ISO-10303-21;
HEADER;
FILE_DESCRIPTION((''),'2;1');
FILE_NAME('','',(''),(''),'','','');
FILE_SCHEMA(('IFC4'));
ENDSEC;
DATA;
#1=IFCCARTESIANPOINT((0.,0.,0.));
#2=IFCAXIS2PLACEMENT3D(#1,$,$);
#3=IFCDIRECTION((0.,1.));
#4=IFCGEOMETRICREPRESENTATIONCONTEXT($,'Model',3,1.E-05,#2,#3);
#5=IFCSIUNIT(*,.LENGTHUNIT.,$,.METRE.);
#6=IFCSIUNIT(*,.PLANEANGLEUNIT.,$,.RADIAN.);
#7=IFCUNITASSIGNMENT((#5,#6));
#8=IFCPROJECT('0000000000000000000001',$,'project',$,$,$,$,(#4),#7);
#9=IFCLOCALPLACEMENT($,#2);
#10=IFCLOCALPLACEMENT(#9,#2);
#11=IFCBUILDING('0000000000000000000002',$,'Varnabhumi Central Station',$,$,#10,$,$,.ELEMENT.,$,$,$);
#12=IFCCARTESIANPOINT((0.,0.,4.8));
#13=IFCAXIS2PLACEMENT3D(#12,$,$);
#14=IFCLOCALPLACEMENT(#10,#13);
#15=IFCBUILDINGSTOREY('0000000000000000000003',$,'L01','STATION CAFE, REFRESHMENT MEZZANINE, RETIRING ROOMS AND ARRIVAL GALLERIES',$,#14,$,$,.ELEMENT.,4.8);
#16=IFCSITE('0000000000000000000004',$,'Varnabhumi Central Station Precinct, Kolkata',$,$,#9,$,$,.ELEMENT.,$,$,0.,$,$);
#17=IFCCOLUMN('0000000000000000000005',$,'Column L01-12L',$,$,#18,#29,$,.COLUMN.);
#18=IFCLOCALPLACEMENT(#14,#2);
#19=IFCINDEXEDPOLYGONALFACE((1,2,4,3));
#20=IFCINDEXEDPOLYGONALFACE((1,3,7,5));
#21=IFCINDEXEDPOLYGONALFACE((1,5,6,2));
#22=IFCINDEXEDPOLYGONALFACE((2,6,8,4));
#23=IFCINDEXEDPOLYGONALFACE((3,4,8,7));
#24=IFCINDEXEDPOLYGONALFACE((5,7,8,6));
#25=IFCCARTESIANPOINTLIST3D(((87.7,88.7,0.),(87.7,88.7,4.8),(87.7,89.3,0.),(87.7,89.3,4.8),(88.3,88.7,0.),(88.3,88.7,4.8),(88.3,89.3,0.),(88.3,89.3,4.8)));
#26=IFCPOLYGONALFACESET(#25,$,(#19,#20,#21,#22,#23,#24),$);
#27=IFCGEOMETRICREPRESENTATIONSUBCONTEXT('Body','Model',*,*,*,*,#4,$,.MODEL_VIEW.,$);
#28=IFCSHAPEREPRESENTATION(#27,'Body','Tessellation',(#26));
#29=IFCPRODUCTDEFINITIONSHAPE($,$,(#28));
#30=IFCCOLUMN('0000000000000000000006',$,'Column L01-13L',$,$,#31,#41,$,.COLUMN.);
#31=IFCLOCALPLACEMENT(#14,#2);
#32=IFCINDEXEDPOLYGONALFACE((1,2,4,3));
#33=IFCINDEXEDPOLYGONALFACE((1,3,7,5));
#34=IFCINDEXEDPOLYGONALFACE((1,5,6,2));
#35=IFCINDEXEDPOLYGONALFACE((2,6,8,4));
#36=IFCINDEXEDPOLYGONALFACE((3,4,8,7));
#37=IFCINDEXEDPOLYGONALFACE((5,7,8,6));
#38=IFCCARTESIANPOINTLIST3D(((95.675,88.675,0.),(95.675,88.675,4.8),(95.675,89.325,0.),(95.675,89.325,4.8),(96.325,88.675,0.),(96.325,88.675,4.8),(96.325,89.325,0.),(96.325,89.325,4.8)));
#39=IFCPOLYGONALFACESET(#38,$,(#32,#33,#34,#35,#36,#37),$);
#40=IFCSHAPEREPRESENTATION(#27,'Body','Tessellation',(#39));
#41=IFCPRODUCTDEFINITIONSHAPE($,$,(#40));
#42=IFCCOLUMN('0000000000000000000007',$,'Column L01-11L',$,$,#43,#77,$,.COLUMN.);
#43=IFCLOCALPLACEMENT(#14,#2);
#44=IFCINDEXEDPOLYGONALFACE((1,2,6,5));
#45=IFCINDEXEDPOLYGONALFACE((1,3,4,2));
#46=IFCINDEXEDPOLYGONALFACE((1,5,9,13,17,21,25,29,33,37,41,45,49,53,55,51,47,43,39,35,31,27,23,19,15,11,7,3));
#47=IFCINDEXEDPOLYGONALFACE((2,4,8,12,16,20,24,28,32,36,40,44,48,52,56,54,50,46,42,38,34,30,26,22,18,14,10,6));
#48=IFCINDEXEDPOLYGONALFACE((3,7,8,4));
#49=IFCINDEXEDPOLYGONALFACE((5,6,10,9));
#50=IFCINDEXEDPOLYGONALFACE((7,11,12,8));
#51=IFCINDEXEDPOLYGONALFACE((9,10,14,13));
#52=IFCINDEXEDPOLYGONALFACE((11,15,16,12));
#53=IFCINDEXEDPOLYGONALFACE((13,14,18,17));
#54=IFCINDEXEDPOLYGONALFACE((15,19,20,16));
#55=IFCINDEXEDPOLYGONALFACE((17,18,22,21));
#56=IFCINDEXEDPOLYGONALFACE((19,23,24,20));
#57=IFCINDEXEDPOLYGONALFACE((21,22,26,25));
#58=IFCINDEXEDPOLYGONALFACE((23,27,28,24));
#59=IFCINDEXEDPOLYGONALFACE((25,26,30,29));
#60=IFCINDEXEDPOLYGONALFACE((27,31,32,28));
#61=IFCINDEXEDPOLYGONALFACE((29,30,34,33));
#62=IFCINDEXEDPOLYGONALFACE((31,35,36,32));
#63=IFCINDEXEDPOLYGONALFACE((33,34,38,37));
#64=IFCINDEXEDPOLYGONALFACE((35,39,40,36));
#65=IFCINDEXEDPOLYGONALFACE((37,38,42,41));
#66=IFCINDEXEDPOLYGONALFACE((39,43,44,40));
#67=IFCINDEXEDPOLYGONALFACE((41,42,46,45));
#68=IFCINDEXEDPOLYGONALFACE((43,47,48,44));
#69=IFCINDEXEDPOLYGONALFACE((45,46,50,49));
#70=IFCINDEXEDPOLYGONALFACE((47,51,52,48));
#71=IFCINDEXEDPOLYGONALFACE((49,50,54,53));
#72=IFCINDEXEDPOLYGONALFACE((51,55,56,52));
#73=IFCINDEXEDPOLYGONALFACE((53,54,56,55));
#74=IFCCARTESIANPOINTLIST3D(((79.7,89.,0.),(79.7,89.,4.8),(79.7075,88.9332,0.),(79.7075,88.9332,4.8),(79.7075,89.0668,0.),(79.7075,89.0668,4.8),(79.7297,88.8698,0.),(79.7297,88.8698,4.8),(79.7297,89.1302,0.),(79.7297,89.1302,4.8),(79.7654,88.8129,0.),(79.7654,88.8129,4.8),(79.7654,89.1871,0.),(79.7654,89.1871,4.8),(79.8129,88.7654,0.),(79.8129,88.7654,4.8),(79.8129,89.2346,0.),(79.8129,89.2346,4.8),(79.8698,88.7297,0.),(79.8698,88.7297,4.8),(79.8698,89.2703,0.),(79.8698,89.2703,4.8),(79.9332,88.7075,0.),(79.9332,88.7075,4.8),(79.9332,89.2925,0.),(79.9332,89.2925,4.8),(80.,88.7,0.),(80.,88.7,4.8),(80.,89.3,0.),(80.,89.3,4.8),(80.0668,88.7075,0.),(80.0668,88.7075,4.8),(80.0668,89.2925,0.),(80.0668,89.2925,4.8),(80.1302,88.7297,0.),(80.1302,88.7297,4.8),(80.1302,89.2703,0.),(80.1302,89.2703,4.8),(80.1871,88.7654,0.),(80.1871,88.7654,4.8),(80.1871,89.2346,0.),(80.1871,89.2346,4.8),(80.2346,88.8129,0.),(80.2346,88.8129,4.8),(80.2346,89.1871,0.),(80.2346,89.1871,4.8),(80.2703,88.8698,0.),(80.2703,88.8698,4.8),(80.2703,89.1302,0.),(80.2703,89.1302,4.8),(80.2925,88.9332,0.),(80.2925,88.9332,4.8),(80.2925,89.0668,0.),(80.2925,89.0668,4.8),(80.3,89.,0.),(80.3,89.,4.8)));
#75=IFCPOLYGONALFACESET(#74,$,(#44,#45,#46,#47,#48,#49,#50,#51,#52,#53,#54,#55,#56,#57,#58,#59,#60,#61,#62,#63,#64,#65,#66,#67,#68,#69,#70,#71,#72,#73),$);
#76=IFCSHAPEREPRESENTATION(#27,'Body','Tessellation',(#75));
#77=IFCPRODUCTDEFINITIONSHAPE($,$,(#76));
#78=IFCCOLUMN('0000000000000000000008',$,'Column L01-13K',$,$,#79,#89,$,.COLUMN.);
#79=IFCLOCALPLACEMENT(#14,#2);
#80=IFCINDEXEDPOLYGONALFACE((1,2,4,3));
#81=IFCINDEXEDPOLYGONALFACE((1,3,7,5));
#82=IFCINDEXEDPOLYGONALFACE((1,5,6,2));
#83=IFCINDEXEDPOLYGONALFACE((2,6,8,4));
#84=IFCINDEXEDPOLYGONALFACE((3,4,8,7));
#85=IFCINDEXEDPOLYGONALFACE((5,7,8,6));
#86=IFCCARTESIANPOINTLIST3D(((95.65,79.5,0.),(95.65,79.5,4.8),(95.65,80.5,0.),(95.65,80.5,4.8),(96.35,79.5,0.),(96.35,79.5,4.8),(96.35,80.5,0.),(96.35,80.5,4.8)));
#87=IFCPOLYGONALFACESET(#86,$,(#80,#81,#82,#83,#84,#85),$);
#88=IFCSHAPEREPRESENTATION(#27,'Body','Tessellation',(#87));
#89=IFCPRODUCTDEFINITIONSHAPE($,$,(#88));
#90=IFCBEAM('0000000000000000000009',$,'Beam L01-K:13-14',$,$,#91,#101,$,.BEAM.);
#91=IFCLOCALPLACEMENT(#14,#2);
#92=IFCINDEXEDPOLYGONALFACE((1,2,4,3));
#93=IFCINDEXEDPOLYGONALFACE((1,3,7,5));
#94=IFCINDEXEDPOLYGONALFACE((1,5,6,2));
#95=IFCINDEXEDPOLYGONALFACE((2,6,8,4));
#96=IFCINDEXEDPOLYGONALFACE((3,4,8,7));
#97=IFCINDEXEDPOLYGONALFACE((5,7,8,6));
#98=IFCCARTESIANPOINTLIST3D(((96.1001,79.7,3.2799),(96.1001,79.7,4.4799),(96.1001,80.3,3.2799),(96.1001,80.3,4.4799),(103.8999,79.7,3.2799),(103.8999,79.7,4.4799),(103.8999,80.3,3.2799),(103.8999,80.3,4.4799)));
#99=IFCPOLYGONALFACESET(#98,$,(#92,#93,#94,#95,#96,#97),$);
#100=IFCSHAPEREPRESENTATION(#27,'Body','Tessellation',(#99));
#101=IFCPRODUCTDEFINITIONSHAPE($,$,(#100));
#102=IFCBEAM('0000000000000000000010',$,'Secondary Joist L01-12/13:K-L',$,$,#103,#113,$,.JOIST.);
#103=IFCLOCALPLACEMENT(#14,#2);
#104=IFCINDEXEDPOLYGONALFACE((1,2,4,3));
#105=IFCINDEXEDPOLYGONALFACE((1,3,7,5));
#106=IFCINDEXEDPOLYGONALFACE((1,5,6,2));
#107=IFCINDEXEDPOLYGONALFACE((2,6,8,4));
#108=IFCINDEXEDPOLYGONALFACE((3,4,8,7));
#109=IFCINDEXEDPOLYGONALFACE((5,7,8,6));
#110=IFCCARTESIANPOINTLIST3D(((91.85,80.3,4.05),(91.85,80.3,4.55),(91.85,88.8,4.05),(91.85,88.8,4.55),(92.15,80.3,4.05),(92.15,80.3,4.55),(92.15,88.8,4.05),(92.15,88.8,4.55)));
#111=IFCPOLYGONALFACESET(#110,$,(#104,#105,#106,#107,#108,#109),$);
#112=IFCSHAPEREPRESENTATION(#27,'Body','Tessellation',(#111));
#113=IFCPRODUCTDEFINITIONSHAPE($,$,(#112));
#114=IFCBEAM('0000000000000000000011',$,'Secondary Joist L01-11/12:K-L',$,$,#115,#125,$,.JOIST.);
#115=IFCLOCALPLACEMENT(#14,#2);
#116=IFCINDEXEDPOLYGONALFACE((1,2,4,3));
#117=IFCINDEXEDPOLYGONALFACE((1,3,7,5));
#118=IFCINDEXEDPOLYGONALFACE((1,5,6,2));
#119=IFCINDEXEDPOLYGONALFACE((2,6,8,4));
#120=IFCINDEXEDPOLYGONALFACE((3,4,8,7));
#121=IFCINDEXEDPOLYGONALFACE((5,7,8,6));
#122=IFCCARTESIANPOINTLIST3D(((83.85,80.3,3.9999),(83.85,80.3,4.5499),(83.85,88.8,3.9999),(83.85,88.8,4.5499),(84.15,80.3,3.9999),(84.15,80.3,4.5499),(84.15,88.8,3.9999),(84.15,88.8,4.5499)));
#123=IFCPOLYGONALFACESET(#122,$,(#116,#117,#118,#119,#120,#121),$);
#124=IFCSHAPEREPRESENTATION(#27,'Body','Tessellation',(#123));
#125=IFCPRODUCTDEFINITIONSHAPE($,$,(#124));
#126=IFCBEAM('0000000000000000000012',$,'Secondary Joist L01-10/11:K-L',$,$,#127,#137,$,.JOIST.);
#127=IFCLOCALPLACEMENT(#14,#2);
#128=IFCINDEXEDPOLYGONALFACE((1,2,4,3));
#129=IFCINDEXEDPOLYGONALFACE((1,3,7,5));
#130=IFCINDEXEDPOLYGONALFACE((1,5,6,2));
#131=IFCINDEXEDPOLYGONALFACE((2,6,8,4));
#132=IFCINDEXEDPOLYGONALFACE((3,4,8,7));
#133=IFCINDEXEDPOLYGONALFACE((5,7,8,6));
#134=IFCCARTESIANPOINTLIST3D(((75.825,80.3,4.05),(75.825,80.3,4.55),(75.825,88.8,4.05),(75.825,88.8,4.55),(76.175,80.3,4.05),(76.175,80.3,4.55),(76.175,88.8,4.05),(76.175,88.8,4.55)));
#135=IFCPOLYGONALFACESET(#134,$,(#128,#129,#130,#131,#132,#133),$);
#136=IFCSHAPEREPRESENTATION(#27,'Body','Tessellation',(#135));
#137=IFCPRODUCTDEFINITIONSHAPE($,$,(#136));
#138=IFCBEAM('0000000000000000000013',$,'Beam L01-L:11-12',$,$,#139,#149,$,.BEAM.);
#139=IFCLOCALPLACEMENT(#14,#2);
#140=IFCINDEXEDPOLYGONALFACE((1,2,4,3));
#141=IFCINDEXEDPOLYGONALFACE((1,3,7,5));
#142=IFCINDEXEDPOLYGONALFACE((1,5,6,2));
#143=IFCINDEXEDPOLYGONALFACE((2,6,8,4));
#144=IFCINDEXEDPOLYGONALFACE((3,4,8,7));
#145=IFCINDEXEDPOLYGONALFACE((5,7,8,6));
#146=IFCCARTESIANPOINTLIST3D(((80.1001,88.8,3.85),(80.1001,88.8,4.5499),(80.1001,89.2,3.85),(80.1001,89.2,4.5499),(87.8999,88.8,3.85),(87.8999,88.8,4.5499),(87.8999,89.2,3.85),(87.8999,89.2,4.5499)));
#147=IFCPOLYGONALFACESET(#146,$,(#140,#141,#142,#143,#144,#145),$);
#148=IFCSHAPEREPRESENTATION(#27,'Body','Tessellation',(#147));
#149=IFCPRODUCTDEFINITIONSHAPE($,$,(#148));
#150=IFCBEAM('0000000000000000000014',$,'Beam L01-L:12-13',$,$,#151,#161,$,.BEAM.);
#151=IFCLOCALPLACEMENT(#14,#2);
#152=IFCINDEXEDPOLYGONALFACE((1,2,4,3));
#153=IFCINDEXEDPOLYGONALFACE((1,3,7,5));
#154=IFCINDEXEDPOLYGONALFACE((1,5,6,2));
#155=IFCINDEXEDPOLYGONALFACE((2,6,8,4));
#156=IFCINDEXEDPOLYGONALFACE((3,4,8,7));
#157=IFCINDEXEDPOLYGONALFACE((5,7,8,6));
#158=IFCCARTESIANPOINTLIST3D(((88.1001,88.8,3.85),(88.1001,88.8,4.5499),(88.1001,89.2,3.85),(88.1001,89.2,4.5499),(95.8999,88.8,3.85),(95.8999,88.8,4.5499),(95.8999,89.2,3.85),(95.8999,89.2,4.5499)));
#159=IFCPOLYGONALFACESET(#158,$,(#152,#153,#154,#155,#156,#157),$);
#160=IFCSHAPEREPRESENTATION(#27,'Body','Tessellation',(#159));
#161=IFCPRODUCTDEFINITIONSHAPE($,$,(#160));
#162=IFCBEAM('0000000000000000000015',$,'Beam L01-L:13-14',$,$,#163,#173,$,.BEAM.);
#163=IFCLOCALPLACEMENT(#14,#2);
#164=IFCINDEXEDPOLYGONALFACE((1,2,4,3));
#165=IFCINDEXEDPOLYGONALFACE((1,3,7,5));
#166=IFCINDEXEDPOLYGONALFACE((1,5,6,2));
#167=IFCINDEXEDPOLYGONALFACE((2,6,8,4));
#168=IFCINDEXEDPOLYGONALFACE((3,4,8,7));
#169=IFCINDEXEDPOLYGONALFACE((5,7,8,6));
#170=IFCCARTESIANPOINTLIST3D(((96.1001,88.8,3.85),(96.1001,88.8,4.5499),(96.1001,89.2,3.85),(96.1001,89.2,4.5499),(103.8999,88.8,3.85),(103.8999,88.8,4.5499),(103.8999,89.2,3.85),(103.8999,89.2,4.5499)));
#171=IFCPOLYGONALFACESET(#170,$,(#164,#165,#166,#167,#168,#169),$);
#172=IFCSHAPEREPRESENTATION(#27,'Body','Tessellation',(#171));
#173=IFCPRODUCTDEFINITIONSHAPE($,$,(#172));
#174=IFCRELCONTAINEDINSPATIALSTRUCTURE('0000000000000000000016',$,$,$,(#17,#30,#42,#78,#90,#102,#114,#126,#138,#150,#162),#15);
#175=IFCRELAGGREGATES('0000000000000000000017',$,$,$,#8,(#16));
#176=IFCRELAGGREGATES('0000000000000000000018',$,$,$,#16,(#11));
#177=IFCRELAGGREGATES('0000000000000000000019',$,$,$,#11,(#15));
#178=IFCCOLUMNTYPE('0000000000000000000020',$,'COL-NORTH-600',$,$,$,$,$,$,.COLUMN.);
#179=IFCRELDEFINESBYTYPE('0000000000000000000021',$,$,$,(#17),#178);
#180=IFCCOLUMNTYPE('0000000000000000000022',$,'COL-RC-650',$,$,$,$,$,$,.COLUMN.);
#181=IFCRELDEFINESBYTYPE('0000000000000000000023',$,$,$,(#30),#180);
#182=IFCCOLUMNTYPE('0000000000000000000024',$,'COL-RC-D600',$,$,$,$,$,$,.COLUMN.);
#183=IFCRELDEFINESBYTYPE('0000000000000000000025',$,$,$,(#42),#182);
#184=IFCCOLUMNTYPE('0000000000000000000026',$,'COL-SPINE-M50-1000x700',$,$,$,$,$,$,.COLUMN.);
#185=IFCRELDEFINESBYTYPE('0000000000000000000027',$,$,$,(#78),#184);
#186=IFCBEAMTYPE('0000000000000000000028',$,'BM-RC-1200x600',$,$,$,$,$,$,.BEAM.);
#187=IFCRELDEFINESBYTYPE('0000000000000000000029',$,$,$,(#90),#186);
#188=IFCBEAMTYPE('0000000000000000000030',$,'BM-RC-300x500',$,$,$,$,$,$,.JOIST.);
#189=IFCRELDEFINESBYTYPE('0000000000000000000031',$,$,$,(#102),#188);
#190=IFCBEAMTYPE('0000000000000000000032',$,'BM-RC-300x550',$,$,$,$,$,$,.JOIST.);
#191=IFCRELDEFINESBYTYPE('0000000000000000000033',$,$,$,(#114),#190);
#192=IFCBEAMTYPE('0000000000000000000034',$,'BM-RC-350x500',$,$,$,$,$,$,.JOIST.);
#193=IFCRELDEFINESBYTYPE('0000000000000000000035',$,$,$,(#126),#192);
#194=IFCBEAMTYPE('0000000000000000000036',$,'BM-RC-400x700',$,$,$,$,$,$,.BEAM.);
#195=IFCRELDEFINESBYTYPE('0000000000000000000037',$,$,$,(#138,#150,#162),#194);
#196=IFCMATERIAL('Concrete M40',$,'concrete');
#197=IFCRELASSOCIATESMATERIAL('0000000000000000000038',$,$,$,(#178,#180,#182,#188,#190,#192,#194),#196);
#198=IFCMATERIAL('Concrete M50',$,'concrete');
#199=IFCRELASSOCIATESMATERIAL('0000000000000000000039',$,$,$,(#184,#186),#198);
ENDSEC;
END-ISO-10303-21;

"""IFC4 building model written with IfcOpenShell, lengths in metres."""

from ifc_helpers import new_model, si_unit, direction, frame, origin, origin_2d, place, context, subcontext, project, spatial, rectangle, circle, extrude, material, material_profile, profile_set, type_object, element, save


model = new_model("IFC4")

# Units and contexts
model_context = context("Model", 3, precision=1e-05, world=origin(), true_north=direction((0.0, 1.0)))
body_context = subcontext(model_context, "Body", "Model", "MODEL_VIEW")
ifc_project = project(units=[si_unit("LENGTHUNIT", "METRE"), si_unit("PLANEANGLEUNIT", "RADIAN")], contexts=[model_context])

# Site, building, storey
site_placement = place(None, origin())
site = spatial("IfcSite", under=ifc_project, at=site_placement, Name="Varnabhumi Central Station Precinct, Kolkata", CompositionType="ELEMENT", RefElevation=0.0)
building_placement = place(site_placement, origin())
building = spatial("IfcBuilding", under=site, at=building_placement, Name="Varnabhumi Central Station", CompositionType="ELEMENT")
storey_placement = place(building_placement, frame((0.0, 0.0, 4.8)))
storey = spatial("IfcBuildingStorey", under=building, at=storey_placement, Name="L01", Description="STATION CAFE, REFRESHMENT MEZZANINE, RETIRING ROOMS AND ARRIVAL GALLERIES", CompositionType="ELEMENT", Elevation=4.8)

# Columns
ifc_material_1 = material(Name="Concrete M40", Category="concrete")
ifc_material_profile_1 = material_profile(ifc_material_1, rectangle(XDim=0.6001, YDim=0.6001, at=origin_2d()), Name="Concrete M40", Category="concrete")
ifc_profile_set_1 = profile_set([ifc_material_profile_1], Name="Concrete M40")
column_type_1 = type_object("IfcColumnType", Name="COL-NORTH-600", PredefinedType="COLUMN", material=ifc_profile_set_1)
column_1_placement = place(storey_placement, frame((88.0, 89.0, 0.0), z_axis=(0.0, 0.0, 1.0), x_axis=(1.0, 0.0, 0.0)))
element("IfcColumn", 1, at=column_1_placement, inside=storey, type_object=column_type_1, Name="Column L01-12L", PredefinedType="COLUMN", context=body_context, shape_type="SweptSolid", body=[
    extrude(rectangle(XDim=0.6001, YDim=0.6001, at=origin_2d()), origin(), (0.0, 0.0, 1.0), 4.8),
])
ifc_material_profile_2 = material_profile(ifc_material_1, rectangle(XDim=0.6499, YDim=0.6499, at=origin_2d()), Name="Concrete M40", Category="concrete")
ifc_profile_set_2 = profile_set([ifc_material_profile_2], Name="Concrete M40")
column_type_2 = type_object("IfcColumnType", Name="COL-RC-650", PredefinedType="COLUMN", material=ifc_profile_set_2)
column_2_placement = place(storey_placement, frame((96.0, 89.0, 0.0), z_axis=(0.0, 0.0, 1.0), x_axis=(1.0, 0.0, 0.0)))
element("IfcColumn", 2, at=column_2_placement, inside=storey, type_object=column_type_2, Name="Column L01-13L", PredefinedType="COLUMN", context=body_context, shape_type="SweptSolid", body=[
    extrude(rectangle(XDim=0.6499, YDim=0.6499, at=origin_2d()), origin(), (0.0, 0.0, 1.0), 4.8),
])
ifc_material_profile_3 = material_profile(ifc_material_1, circle(Radius=0.3, at=origin_2d()), Name="Concrete M40", Category="concrete")
ifc_profile_set_3 = profile_set([ifc_material_profile_3], Name="Concrete M40")
column_type_3 = type_object("IfcColumnType", Name="COL-RC-D600", PredefinedType="COLUMN", material=ifc_profile_set_3)
column_3_placement = place(storey_placement, frame((80.0, 89.0, 0.0), z_axis=(0.0, 0.0, 1.0), x_axis=(1.0, 0.0, 0.0)))
element("IfcColumn", 3, at=column_3_placement, inside=storey, type_object=column_type_3, Name="Column L01-11L", PredefinedType="COLUMN", context=body_context, shape_type="SweptSolid", body=[
    extrude(circle(Radius=0.3, at=origin_2d()), origin(), (0.0, 0.0, 1.0), 4.8),
])
ifc_material_2 = material(Name="Concrete M50", Category="concrete")
ifc_material_profile_4 = material_profile(ifc_material_2, rectangle(XDim=0.7, YDim=1.0, at=origin_2d()), Name="Concrete M50", Category="concrete")
ifc_profile_set_4 = profile_set([ifc_material_profile_4], Name="Concrete M50")
column_type_4 = type_object("IfcColumnType", Name="COL-SPINE-M50-1000x700", PredefinedType="COLUMN", material=ifc_profile_set_4)
column_4_placement = place(storey_placement, frame((96.0, 80.0, 0.0), z_axis=(0.0, 0.0, 1.0), x_axis=(1.0, 0.0, 0.0)))
element("IfcColumn", 4, at=column_4_placement, inside=storey, type_object=column_type_4, Name="Column L01-13K", PredefinedType="COLUMN", context=body_context, shape_type="SweptSolid", body=[
    extrude(rectangle(XDim=0.7, YDim=1.0, at=origin_2d()), origin(), (0.0, 0.0, 1.0), 4.8),
])

# Beams
ifc_material_profile_5 = material_profile(ifc_material_2, rectangle(XDim=0.6001, YDim=1.2, at=origin_2d()), Name="Concrete M50", Category="concrete")
ifc_profile_set_5 = profile_set([ifc_material_profile_5], Name="Concrete M50")
beam_type_1 = type_object("IfcBeamType", Name="BM-RC-1200x600", PredefinedType="BEAM", material=ifc_profile_set_5)
beam_1_placement = place(storey_placement, frame((96.1001, 80.0, 3.8799), z_axis=(1.0, 0.0, 0.0), x_axis=(0.0, 1.0, 0.0)))
element("IfcBeam", 5, at=beam_1_placement, inside=storey, type_object=beam_type_1, Name="Beam L01-K:13-14", PredefinedType="BEAM", context=body_context, shape_type="SweptSolid", body=[
    extrude(rectangle(XDim=0.6001, YDim=1.2, at=origin_2d()), origin(), (0.0, 0.0, 1.0), 7.7998),
])
ifc_material_profile_6 = material_profile(ifc_material_1, rectangle(XDim=0.3, YDim=0.5, at=origin_2d()), Name="Concrete M40", Category="concrete")
ifc_profile_set_6 = profile_set([ifc_material_profile_6], Name="Concrete M40")
beam_type_2 = type_object("IfcBeamType", Name="BM-RC-300x500", PredefinedType="JOIST", material=ifc_profile_set_6)
beam_2_placement = place(storey_placement, frame((92.0, 80.3, 4.3), z_axis=(0.0, 1.0, 0.0), x_axis=(-1.0, 0.0, 0.0)))
element("IfcBeam", 6, at=beam_2_placement, inside=storey, type_object=beam_type_2, Name="Secondary Joist L01-12/13:K-L", PredefinedType="JOIST", context=body_context, shape_type="SweptSolid", body=[
    extrude(rectangle(XDim=0.3, YDim=0.5, at=origin_2d()), origin(), (0.0, 0.0, 1.0), 8.5),
])
ifc_material_profile_7 = material_profile(ifc_material_1, rectangle(XDim=0.3, YDim=0.55, at=origin_2d()), Name="Concrete M40", Category="concrete")
ifc_profile_set_7 = profile_set([ifc_material_profile_7], Name="Concrete M40")
beam_type_3 = type_object("IfcBeamType", Name="BM-RC-300x550", PredefinedType="JOIST", material=ifc_profile_set_7)
beam_3_placement = place(storey_placement, frame((84.0, 80.3, 4.2749), z_axis=(0.0, 1.0, 0.0), x_axis=(-1.0, 0.0, 0.0)))
element("IfcBeam", 7, at=beam_3_placement, inside=storey, type_object=beam_type_3, Name="Secondary Joist L01-11/12:K-L", PredefinedType="JOIST", context=body_context, shape_type="SweptSolid", body=[
    extrude(rectangle(XDim=0.3, YDim=0.55, at=origin_2d()), origin(), (0.0, 0.0, 1.0), 8.5),
])
ifc_material_profile_8 = material_profile(ifc_material_1, rectangle(XDim=0.3501, YDim=0.5, at=origin_2d()), Name="Concrete M40", Category="concrete")
ifc_profile_set_8 = profile_set([ifc_material_profile_8], Name="Concrete M40")
beam_type_4 = type_object("IfcBeamType", Name="BM-RC-350x500", PredefinedType="JOIST", material=ifc_profile_set_8)
beam_4_placement = place(storey_placement, frame((76.0, 80.3, 4.3), z_axis=(0.0, 1.0, 0.0), x_axis=(-1.0, 0.0, 0.0)))
element("IfcBeam", 8, at=beam_4_placement, inside=storey, type_object=beam_type_4, Name="Secondary Joist L01-10/11:K-L", PredefinedType="JOIST", context=body_context, shape_type="SweptSolid", body=[
    extrude(rectangle(XDim=0.3501, YDim=0.5, at=origin_2d()), origin(), (0.0, 0.0, 1.0), 8.5),
])
ifc_material_profile_9 = material_profile(ifc_material_1, rectangle(XDim=0.3999, YDim=0.7, at=origin_2d()), Name="Concrete M40", Category="concrete")
ifc_profile_set_9 = profile_set([ifc_material_profile_9], Name="Concrete M40")
beam_type_5 = type_object("IfcBeamType", Name="BM-RC-400x700", PredefinedType="BEAM", material=ifc_profile_set_9)
for number, where, z_axis, x_axis, name in (
    (9, (80.1001, 89.0, 4.2), (1.0, 0.0, 0.0), (0.0, 1.0, 0.0), "Beam L01-L:11-12"),
    (10, (88.1001, 89.0, 4.2), (1.0, 0.0, 0.0), (0.0, 1.0, 0.0), "Beam L01-L:12-13"),
    (11, (96.1001, 89.0, 4.2), (1.0, 0.0, 0.0), (0.0, 1.0, 0.0), "Beam L01-L:13-14"),
):
    element("IfcBeam", number, at=place(storey_placement, frame(where, z_axis=z_axis, x_axis=x_axis)), inside=storey, type_object=beam_type_5, Name=name, PredefinedType="BEAM", context=body_context, shape_type="SweptSolid", body=[
        extrude(rectangle(XDim=0.3999, YDim=0.7, at=origin_2d()), origin(), (0.0, 0.0, 1.0), 7.7998),
    ])

save(model, "model.ifc")
